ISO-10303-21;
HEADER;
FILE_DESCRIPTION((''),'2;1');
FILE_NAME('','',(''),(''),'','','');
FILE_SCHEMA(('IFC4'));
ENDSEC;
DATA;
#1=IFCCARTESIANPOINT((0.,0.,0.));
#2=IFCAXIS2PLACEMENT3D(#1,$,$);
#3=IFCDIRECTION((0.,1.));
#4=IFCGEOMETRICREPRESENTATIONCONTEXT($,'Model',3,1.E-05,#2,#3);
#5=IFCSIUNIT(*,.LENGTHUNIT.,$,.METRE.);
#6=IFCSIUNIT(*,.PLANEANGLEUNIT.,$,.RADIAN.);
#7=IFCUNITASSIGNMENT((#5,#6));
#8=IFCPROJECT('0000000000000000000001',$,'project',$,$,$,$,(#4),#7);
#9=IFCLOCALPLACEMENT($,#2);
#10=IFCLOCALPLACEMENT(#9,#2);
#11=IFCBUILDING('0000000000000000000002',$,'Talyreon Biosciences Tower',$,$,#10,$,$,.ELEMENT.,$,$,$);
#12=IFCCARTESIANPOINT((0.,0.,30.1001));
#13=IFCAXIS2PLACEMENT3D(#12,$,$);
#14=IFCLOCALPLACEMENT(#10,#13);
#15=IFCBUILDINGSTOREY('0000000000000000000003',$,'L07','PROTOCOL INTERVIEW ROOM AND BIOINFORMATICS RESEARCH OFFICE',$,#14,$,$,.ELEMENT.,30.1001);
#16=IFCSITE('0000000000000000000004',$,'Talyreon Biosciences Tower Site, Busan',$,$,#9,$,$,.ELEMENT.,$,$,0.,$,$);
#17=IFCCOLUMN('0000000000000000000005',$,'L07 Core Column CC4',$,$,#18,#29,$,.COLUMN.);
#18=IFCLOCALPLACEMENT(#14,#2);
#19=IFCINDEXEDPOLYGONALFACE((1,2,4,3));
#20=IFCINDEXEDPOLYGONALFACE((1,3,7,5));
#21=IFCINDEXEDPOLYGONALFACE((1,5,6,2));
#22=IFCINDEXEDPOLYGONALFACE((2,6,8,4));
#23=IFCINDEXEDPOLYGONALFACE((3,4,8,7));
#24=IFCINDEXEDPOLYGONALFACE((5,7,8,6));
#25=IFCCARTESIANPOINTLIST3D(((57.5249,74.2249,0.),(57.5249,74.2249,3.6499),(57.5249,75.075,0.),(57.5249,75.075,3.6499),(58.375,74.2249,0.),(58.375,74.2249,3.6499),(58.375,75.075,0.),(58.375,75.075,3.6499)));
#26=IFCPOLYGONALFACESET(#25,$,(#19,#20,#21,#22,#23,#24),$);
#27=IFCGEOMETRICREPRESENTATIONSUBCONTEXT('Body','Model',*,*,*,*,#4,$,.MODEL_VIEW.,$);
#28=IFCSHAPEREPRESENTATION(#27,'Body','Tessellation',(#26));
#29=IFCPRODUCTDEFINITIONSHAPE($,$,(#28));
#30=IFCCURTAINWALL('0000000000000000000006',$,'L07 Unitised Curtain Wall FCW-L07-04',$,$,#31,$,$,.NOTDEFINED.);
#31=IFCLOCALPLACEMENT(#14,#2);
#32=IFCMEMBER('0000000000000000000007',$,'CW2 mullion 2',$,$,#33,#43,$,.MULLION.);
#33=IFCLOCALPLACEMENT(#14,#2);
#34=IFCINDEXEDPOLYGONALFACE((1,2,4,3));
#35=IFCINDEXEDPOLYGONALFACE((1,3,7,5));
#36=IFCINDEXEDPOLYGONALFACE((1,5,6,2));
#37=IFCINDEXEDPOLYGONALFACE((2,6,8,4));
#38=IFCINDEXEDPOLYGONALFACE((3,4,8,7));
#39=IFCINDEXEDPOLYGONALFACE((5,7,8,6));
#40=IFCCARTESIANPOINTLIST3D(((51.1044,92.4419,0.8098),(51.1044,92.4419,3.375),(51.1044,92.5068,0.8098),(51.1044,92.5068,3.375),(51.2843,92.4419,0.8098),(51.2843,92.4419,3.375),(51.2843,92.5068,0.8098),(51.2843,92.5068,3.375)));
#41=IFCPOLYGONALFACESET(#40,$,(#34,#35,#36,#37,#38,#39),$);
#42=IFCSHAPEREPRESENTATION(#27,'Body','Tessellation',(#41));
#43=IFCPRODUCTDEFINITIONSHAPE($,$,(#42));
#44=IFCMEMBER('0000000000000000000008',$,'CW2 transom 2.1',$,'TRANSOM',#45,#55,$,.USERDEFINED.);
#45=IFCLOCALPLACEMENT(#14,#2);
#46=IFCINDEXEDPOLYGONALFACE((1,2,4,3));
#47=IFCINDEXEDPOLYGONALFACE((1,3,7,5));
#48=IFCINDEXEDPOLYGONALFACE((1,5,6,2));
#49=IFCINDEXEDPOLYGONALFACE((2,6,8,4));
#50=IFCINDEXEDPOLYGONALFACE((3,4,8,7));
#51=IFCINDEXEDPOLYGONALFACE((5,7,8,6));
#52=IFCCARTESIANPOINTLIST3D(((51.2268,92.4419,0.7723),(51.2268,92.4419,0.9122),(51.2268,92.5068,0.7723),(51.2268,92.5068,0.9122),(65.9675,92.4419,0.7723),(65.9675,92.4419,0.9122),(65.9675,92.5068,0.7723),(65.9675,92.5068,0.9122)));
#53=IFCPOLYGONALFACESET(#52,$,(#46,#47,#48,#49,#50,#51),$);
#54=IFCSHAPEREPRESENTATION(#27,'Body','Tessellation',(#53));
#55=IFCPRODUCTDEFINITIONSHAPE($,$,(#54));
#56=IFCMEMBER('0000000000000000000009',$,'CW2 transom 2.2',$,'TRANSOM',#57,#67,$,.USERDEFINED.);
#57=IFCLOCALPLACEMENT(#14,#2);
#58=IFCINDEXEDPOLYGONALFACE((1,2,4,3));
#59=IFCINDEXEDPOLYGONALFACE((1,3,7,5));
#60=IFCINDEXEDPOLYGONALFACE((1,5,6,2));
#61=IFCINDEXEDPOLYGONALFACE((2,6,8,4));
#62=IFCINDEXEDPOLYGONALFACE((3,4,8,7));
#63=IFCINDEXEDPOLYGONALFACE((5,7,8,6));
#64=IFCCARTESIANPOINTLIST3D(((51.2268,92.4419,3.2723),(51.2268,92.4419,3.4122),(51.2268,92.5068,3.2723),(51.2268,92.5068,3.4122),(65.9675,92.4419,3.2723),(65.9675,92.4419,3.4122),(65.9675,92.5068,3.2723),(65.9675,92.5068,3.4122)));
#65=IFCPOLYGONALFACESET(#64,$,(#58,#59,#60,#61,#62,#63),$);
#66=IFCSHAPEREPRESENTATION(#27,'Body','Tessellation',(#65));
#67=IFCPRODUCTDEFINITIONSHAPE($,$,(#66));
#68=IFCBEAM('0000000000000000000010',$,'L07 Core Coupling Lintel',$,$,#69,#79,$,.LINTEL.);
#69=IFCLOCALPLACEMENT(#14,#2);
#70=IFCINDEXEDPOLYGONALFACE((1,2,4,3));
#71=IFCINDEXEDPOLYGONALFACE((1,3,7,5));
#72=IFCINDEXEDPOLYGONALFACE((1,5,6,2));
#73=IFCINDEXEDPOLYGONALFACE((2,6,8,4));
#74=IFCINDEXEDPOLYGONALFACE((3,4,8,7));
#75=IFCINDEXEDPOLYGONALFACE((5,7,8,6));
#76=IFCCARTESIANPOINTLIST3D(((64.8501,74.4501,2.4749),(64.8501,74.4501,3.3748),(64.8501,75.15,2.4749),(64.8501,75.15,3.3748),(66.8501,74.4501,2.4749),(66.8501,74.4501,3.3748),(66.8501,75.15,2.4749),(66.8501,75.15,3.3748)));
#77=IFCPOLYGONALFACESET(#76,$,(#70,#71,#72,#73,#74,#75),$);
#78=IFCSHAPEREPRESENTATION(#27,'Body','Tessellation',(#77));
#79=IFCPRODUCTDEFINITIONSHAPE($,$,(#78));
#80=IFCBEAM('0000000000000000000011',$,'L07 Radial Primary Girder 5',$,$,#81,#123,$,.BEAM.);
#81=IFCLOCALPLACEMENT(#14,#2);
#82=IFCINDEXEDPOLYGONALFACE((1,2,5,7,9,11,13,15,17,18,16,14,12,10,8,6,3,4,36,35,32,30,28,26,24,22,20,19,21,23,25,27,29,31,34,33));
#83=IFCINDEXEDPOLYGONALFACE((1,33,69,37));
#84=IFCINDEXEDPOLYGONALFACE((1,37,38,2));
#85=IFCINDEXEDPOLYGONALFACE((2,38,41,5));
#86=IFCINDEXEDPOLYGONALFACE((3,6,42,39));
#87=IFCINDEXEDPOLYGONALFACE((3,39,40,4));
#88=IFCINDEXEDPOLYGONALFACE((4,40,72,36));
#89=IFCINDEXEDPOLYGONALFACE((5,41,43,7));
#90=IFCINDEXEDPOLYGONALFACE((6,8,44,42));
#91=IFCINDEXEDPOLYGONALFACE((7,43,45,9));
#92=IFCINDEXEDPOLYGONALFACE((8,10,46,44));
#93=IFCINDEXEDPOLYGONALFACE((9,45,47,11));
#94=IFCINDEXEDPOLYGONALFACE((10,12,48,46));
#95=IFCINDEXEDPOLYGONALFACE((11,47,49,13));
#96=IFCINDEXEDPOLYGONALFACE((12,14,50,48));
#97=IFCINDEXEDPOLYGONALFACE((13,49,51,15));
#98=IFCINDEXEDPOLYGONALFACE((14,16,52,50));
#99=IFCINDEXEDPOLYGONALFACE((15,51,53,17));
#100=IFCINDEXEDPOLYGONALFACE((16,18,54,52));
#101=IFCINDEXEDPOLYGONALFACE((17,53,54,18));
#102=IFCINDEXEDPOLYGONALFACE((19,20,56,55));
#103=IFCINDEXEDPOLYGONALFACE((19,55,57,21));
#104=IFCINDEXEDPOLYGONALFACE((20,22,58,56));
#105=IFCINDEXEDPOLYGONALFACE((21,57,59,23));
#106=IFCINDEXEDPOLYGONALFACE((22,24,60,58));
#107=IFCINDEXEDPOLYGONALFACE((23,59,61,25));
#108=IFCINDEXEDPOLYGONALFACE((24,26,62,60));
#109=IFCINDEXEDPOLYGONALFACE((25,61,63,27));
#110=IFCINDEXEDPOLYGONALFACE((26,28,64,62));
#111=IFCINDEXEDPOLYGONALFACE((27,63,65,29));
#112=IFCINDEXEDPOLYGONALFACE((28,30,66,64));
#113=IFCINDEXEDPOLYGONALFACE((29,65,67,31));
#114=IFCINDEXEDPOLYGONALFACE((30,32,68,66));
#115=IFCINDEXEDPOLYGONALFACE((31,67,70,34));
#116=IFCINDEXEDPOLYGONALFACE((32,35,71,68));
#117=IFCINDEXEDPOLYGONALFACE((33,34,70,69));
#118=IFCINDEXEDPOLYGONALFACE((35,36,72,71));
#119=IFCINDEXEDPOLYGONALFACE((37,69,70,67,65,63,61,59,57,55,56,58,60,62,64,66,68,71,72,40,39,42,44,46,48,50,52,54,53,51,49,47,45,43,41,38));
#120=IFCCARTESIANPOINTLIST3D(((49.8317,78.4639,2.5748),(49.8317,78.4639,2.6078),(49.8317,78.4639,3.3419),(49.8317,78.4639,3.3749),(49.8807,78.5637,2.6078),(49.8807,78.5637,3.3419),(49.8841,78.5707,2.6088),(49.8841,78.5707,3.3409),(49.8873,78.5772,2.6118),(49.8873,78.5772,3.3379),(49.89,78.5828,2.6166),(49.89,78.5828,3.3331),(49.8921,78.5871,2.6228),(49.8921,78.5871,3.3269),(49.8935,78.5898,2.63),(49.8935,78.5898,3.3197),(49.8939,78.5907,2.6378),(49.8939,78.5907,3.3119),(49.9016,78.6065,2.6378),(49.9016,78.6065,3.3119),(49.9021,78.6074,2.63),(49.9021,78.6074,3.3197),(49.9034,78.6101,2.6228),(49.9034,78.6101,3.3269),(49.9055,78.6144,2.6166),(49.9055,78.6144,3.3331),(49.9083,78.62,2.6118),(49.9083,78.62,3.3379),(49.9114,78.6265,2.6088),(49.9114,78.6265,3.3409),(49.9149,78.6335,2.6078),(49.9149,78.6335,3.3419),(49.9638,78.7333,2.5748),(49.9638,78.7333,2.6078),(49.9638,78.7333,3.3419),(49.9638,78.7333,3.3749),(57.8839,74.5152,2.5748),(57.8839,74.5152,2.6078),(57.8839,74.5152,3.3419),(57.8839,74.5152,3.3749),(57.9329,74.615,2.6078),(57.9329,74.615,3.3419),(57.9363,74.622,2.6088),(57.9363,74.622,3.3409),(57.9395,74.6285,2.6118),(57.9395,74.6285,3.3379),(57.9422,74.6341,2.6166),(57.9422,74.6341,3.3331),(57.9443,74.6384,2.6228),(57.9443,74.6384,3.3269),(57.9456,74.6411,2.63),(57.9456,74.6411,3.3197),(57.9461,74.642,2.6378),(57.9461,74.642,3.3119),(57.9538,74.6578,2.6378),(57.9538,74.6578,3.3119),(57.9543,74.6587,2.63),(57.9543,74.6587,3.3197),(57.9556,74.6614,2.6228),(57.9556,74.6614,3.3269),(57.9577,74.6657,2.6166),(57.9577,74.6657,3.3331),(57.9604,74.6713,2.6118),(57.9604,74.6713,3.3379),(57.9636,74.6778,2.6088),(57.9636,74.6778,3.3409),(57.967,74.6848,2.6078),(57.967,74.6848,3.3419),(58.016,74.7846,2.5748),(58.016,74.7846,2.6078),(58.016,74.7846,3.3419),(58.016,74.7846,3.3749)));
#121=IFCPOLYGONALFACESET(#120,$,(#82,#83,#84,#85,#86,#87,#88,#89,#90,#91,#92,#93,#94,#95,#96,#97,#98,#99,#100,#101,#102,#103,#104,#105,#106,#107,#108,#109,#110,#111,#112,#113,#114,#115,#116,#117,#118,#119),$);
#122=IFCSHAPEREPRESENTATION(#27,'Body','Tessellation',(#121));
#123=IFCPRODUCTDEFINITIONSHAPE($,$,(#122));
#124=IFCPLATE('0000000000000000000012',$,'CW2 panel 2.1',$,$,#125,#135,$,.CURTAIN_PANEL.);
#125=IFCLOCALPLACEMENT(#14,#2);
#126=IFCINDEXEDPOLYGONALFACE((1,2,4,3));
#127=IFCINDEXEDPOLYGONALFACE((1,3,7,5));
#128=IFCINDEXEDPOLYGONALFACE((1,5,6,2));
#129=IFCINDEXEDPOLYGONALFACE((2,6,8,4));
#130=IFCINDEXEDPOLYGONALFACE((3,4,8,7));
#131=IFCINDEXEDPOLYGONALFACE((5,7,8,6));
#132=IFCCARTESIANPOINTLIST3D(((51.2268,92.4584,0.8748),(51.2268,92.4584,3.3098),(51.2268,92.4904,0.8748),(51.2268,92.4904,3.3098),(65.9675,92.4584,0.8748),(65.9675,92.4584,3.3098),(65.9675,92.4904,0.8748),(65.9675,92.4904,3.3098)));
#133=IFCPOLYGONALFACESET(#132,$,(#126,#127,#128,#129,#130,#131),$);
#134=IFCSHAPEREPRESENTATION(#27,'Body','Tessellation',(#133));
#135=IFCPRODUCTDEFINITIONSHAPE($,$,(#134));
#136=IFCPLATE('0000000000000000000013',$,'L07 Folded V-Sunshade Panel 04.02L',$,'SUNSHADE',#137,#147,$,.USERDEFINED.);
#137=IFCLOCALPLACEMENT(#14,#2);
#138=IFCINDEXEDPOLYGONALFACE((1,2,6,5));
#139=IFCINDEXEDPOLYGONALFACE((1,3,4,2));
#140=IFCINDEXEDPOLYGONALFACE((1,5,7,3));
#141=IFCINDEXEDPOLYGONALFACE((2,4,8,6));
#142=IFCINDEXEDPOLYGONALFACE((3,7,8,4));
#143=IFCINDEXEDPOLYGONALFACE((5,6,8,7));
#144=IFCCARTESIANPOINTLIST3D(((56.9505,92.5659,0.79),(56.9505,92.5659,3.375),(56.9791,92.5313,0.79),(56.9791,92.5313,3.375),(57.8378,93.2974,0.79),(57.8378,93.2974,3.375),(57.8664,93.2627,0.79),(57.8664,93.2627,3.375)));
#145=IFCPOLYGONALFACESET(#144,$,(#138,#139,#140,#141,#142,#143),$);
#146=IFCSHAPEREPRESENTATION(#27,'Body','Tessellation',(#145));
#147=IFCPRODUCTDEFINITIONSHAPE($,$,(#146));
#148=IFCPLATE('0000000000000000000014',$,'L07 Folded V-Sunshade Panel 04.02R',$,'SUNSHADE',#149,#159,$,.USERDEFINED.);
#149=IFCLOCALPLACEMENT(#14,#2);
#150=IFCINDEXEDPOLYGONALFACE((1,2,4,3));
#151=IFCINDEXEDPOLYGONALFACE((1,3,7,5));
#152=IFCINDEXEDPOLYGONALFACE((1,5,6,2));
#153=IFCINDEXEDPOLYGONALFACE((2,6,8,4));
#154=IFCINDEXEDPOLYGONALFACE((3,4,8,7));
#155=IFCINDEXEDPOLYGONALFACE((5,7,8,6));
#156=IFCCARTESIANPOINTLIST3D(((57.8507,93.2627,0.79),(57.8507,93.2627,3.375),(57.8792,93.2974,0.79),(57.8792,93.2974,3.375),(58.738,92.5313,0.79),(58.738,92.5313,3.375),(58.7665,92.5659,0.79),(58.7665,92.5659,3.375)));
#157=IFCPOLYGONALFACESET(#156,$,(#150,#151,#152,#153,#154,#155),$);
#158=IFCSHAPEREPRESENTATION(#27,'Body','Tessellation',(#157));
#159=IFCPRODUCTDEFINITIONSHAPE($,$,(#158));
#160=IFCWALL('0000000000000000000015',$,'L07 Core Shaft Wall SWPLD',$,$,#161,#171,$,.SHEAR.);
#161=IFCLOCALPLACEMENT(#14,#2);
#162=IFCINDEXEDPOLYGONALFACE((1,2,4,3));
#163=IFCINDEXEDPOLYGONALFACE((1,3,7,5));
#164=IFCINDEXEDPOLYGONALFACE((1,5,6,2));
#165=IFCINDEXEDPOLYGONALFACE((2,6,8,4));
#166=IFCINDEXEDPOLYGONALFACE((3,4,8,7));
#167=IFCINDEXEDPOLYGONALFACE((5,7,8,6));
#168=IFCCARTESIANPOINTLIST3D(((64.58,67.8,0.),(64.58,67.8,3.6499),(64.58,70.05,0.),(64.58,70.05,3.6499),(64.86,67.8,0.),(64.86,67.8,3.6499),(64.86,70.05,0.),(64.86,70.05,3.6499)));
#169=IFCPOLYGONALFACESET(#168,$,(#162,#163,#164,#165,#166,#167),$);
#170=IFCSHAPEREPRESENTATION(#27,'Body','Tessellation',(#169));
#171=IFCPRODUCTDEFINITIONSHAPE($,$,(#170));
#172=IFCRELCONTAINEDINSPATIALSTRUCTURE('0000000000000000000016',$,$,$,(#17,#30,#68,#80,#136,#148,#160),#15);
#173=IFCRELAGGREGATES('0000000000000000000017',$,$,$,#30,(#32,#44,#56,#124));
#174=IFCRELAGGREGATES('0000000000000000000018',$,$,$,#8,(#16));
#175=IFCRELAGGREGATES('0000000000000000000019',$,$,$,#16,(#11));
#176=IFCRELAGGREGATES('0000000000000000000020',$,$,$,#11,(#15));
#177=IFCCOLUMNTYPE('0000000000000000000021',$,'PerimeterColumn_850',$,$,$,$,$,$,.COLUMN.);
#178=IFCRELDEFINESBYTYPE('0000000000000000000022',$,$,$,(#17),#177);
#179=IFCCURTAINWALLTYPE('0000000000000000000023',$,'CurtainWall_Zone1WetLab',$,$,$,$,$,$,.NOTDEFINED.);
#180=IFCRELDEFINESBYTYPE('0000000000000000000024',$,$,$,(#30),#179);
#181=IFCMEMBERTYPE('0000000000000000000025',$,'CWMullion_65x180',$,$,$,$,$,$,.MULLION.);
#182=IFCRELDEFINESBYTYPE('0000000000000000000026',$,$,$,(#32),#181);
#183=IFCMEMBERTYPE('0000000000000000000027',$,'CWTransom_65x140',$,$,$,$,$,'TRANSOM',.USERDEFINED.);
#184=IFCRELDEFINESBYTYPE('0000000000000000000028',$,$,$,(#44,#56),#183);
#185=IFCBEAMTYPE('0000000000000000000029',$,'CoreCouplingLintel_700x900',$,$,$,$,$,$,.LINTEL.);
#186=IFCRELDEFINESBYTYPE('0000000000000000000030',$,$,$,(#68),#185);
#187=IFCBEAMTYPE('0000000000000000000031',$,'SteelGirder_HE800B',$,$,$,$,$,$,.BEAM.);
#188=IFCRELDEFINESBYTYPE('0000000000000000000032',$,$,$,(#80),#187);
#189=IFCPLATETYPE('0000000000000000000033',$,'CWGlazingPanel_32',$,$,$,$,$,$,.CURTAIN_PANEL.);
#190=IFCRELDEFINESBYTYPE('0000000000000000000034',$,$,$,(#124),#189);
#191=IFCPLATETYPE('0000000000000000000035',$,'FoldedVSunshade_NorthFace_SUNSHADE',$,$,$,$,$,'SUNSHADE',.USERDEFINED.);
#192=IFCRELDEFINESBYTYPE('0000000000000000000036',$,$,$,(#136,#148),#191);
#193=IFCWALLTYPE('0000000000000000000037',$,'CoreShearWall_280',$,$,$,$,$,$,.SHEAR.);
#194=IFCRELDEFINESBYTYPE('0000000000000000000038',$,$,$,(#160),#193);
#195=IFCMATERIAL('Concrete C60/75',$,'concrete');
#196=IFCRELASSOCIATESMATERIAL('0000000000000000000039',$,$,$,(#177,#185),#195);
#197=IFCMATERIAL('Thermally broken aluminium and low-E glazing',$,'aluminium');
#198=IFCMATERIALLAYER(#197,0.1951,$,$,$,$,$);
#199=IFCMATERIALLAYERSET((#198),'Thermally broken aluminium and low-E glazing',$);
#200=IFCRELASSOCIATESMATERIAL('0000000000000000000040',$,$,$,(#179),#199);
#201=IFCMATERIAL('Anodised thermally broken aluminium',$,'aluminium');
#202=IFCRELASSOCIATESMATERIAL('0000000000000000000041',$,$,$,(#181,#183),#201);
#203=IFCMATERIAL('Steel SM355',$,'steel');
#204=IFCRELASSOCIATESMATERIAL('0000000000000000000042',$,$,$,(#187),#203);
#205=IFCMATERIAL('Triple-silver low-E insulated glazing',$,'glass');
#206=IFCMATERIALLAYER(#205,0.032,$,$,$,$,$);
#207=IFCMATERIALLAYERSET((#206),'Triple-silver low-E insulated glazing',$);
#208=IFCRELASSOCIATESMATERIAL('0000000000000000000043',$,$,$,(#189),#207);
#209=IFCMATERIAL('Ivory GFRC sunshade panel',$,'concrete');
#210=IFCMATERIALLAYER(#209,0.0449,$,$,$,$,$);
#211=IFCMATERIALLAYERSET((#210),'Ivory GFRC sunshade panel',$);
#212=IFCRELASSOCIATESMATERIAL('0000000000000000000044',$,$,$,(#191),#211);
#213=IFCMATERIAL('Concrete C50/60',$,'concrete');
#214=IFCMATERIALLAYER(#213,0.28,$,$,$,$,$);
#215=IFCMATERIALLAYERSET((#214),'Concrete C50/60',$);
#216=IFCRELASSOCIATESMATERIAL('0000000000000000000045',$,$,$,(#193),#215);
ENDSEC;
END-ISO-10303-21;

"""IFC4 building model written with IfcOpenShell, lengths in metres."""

from ifc_helpers import new_model, si_unit, direction, frame, frame_2d, origin, origin_2d, place, context, subcontext, project, spatial, rectangle, i_section, extrude, material, layer, layer_set, material_profile, profile_set, type_object, element, aggregate, save


model = new_model("IFC4")

# Units and contexts
model_context = context("Model", 3, precision=1e-05, world=origin(), true_north=direction((0.0, 1.0)))
body_context = subcontext(model_context, "Body", "Model", "MODEL_VIEW")
ifc_project = project(units=[si_unit("LENGTHUNIT", "METRE"), si_unit("PLANEANGLEUNIT", "RADIAN")], contexts=[model_context])

# Site, building, storey
site_placement = place(None, origin())
site = spatial("IfcSite", under=ifc_project, at=site_placement, Name="Talyreon Biosciences Tower Site, Busan", CompositionType="ELEMENT", RefElevation=0.0)
building_placement = place(site_placement, origin())
building = spatial("IfcBuilding", under=site, at=building_placement, Name="Talyreon Biosciences Tower", CompositionType="ELEMENT")
storey_placement = place(building_placement, frame((0.0, 0.0, 30.1001)))
storey = spatial("IfcBuildingStorey", under=building, at=storey_placement, Name="L07", Description="PROTOCOL INTERVIEW ROOM AND BIOINFORMATICS RESEARCH OFFICE", CompositionType="ELEMENT", Elevation=30.1001)

# Column
ifc_material_1 = material(Name="Concrete C60/75", Category="concrete")
ifc_material_profile_1 = material_profile(ifc_material_1, rectangle(XDim=0.8501, YDim=0.8501, at=origin_2d()), Name="RC 850x850")
ifc_profile_set_1 = profile_set([ifc_material_profile_1], Name="Concrete C60/75")
column_type = type_object("IfcColumnType", Name="PerimeterColumn_850", PredefinedType="COLUMN", material=ifc_profile_set_1)
column_placement = place(storey_placement, frame((57.95, 74.6499, 0.0), z_axis=(0.0, 0.0, 1.0), x_axis=(1.0, 0.0, 0.0)))
element("IfcColumn", 1, at=column_placement, inside=storey, type_object=column_type, Name="L07 Core Column CC4", PredefinedType="COLUMN", context=body_context, shape_type="SweptSolid", body=[
    extrude(rectangle(XDim=0.8501, YDim=0.8501, at=origin_2d()), origin(), (0.0, 0.0, 1.0), 3.6499),
])

# Curtain wall, members
ifc_material_2 = material(Name="Thermally broken aluminium and low-E glazing", Category="aluminium")
ifc_layer_1 = layer(ifc_material_2, 0.1951)
ifc_layer_set_1 = layer_set([ifc_layer_1], Name="Thermally broken aluminium and low-E glazing")
curtain_wall_type = type_object("IfcCurtainWallType", Name="CurtainWall_Zone1WetLab", PredefinedType="NOTDEFINED", material=ifc_layer_set_1)
curtain_wall_placement = place(storey_placement, origin())
curtain_wall = element("IfcCurtainWall", 2, at=curtain_wall_placement, inside=storey, type_object=curtain_wall_type, Name="L07 Unitised Curtain Wall FCW-L07-04", PredefinedType="NOTDEFINED")
ifc_material_3 = material(Name="Anodised thermally broken aluminium", Category="aluminium")
ifc_material_profile_2 = material_profile(ifc_material_3, rectangle(XDim=0.0649, YDim=0.1799, at=origin_2d()), Name="ALUM MULLION 65x180")
ifc_profile_set_2 = profile_set([ifc_material_profile_2], Name="Anodised thermally broken aluminium")
member_type_1 = type_object("IfcMemberType", Name="CWMullion_65x180", PredefinedType="MULLION", material=ifc_profile_set_2)
member_1_placement = place(storey_placement, frame((51.1943, 92.4744, 0.8098), z_axis=(0.0, 0.0, 1.0), x_axis=(0.0, 1.0, 0.0)))
member_1 = element("IfcMember", 3, at=member_1_placement, type_object=member_type_1, Name="CW2 mullion 2", PredefinedType="MULLION", context=body_context, shape_type="SweptSolid", body=[
    extrude(rectangle(XDim=0.0649, YDim=0.1799, at=origin_2d()), origin(), (0.0, 0.0, 1.0), 2.5652),
])
ifc_material_profile_3 = material_profile(ifc_material_3, rectangle(XDim=0.0649, YDim=0.1399, at=origin_2d()), Name="ALUM TRANSOM 65x140")
ifc_profile_set_3 = profile_set([ifc_material_profile_3], Name="Anodised thermally broken aluminium")
member_type_2 = type_object("IfcMemberType", Name="CWTransom_65x140", ElementType="TRANSOM", PredefinedType="USERDEFINED", material=ifc_profile_set_3)
member_2_placement = place(storey_placement, frame((51.2268, 92.4744, 0.8423), z_axis=(1.0, 0.0, 0.0), x_axis=(0.0, 1.0, 0.0)))
member_2 = element("IfcMember", 4, at=member_2_placement, type_object=member_type_2, Name="CW2 transom 2.1", ObjectType="TRANSOM", PredefinedType="USERDEFINED", context=body_context, shape_type="SweptSolid", body=[
    extrude(rectangle(XDim=0.0649, YDim=0.1399, at=origin_2d()), origin(), (0.0, 0.0, 1.0), 14.7407),
])
member_3_placement = place(storey_placement, frame((51.2268, 92.4744, 3.3423), z_axis=(1.0, 0.0, 0.0), x_axis=(0.0, 1.0, 0.0)))
member_3 = element("IfcMember", 5, at=member_3_placement, type_object=member_type_2, Name="CW2 transom 2.2", ObjectType="TRANSOM", PredefinedType="USERDEFINED", context=body_context, shape_type="SweptSolid", body=[
    extrude(rectangle(XDim=0.0649, YDim=0.1399, at=origin_2d()), origin(), (0.0, 0.0, 1.0), 14.7407),
])

# Beams
ifc_material_profile_4 = material_profile(ifc_material_1, rectangle(XDim=0.7, YDim=0.8999, at=origin_2d()), Name="RCB 700x900")
ifc_profile_set_4 = profile_set([ifc_material_profile_4], Name="Concrete C60/75")
beam_type_1 = type_object("IfcBeamType", Name="CoreCouplingLintel_700x900", PredefinedType="LINTEL", material=ifc_profile_set_4)
beam_1_placement = place(storey_placement, frame((64.8501, 74.8, 2.9248), z_axis=(1.0, 0.0, 0.0), x_axis=(0.0, 1.0, 0.0)))
element("IfcBeam", 6, at=beam_1_placement, inside=storey, type_object=beam_type_1, Name="L07 Core Coupling Lintel", PredefinedType="LINTEL", context=body_context, shape_type="SweptSolid", body=[
    extrude(rectangle(XDim=0.7, YDim=0.8999, at=origin_2d()), origin(), (0.0, 0.0, 1.0), 2.0),
])
ifc_material_4 = material(Name="Steel SM355", Category="steel")
ifc_material_profile_5 = material_profile(ifc_material_4, i_section(OverallWidth=0.3, OverallDepth=0.8, WebThickness=0.0176, FlangeThickness=0.033, FilletRadius=0.03, at=origin_2d()), Name="HE800B")
ifc_profile_set_5 = profile_set([ifc_material_profile_5], Name="Steel SM355")
beam_type_2 = type_object("IfcBeamType", Name="SteelGirder_HE800B", PredefinedType="BEAM", material=ifc_profile_set_5)
beam_2_placement = place(storey_placement, frame((57.95, 74.6499, 2.9749), z_axis=(-0.897852, 0.440297, 0.0), x_axis=(-0.440297, -0.897852, 0.0)))
element("IfcBeam", 7, at=beam_2_placement, inside=storey, type_object=beam_type_2, Name="L07 Radial Primary Girder 5", PredefinedType="BEAM", context=body_context, shape_type="SweptSolid", body=[
    extrude(i_section(OverallWidth=0.3, OverallDepth=0.8, WebThickness=0.0176, FlangeThickness=0.033, FilletRadius=0.03, at=origin_2d()), origin(), (0.0, 0.0, 1.0), 8.9683),
])

# Plate
ifc_material_5 = material(Name="Triple-silver low-E insulated glazing", Category="glass")
ifc_layer_2 = layer(ifc_material_5, 0.032)
ifc_layer_set_2 = layer_set([ifc_layer_2], Name="Triple-silver low-E insulated glazing")
plate_type_1 = type_object("IfcPlateType", Name="CWGlazingPanel_32", PredefinedType="CURTAIN_PANEL", material=ifc_layer_set_2)
plate_placement = place(storey_placement, frame((58.5972, 92.4744, 0.8748), z_axis=(0.0, 0.0, 1.0), x_axis=(1.0, 0.0, 0.0)))
plate = element("IfcPlate", 8, at=plate_placement, type_object=plate_type_1, Name="CW2 panel 2.1", PredefinedType="CURTAIN_PANEL", context=body_context, shape_type="SweptSolid", body=[
    extrude(rectangle(XDim=14.7407, YDim=0.032, at=origin_2d()), origin(), (0.0, 0.0, 1.0), 2.4351),
])
aggregate(curtain_wall, [member_1, member_2, member_3, plate])

# Plates
ifc_material_6 = material(Name="Ivory GFRC sunshade panel", Category="concrete")
ifc_layer_3 = layer(ifc_material_6, 0.0449)
ifc_layer_set_3 = layer_set([ifc_layer_3], Name="Ivory GFRC sunshade panel")
plate_type_2 = type_object("IfcPlateType", Name="FoldedVSunshade_NorthFace_SUNSHADE", ElementType="SUNSHADE", PredefinedType="USERDEFINED", material=ifc_layer_set_3)
for number, where, z_axis, x_axis, name in (
    (9, (57.4084, 92.9143, 0.79), (0.0, 0.0, 1.0), (0.771625, 0.636078, 0.0), "L07 Folded V-Sunshade Panel 04.02L"),
    (10, (58.3086, 92.9143, 0.79), (0.0, 0.0, 1.0), (0.771625, -0.636078, 0.0), "L07 Folded V-Sunshade Panel 04.02R"),
):
    element("IfcPlate", number, at=place(storey_placement, frame(where, z_axis=z_axis, x_axis=x_axis)), inside=storey, type_object=plate_type_2, Name=name, ObjectType="SUNSHADE", PredefinedType="USERDEFINED", context=body_context, shape_type="SweptSolid", body=[
        extrude(rectangle(XDim=1.1499, YDim=0.0449, at=origin_2d()), origin(), (0.0, 0.0, 1.0), 2.585),
    ])

# Wall
ifc_material_7 = material(Name="Concrete C50/60", Category="concrete")
ifc_layer_4 = layer(ifc_material_7, 0.28)
ifc_layer_set_4 = layer_set([ifc_layer_4], Name="Concrete C50/60")
wall_type_1 = type_object("IfcWallType", Name="CoreShearWall_280", PredefinedType="SHEAR", material=ifc_layer_set_4)
wall_1_placement = place(storey_placement, frame((64.72, 67.8, 0.0), z_axis=(0.0, 0.0, 1.0), x_axis=(0.0, 1.0, 0.0)))
element("IfcWall", 11, at=wall_1_placement, inside=storey, type_object=wall_type_1, Name="L07 Core Shaft Wall SWPLD", PredefinedType="SHEAR", context=body_context, shape_type="SweptSolid", body=[
    extrude(rectangle(XDim=2.25, YDim=0.28, at=frame_2d((1.125, 0.0))), origin(), (0.0, 0.0, 1.0), 3.6499),
])

save(model, "model.ifc")
